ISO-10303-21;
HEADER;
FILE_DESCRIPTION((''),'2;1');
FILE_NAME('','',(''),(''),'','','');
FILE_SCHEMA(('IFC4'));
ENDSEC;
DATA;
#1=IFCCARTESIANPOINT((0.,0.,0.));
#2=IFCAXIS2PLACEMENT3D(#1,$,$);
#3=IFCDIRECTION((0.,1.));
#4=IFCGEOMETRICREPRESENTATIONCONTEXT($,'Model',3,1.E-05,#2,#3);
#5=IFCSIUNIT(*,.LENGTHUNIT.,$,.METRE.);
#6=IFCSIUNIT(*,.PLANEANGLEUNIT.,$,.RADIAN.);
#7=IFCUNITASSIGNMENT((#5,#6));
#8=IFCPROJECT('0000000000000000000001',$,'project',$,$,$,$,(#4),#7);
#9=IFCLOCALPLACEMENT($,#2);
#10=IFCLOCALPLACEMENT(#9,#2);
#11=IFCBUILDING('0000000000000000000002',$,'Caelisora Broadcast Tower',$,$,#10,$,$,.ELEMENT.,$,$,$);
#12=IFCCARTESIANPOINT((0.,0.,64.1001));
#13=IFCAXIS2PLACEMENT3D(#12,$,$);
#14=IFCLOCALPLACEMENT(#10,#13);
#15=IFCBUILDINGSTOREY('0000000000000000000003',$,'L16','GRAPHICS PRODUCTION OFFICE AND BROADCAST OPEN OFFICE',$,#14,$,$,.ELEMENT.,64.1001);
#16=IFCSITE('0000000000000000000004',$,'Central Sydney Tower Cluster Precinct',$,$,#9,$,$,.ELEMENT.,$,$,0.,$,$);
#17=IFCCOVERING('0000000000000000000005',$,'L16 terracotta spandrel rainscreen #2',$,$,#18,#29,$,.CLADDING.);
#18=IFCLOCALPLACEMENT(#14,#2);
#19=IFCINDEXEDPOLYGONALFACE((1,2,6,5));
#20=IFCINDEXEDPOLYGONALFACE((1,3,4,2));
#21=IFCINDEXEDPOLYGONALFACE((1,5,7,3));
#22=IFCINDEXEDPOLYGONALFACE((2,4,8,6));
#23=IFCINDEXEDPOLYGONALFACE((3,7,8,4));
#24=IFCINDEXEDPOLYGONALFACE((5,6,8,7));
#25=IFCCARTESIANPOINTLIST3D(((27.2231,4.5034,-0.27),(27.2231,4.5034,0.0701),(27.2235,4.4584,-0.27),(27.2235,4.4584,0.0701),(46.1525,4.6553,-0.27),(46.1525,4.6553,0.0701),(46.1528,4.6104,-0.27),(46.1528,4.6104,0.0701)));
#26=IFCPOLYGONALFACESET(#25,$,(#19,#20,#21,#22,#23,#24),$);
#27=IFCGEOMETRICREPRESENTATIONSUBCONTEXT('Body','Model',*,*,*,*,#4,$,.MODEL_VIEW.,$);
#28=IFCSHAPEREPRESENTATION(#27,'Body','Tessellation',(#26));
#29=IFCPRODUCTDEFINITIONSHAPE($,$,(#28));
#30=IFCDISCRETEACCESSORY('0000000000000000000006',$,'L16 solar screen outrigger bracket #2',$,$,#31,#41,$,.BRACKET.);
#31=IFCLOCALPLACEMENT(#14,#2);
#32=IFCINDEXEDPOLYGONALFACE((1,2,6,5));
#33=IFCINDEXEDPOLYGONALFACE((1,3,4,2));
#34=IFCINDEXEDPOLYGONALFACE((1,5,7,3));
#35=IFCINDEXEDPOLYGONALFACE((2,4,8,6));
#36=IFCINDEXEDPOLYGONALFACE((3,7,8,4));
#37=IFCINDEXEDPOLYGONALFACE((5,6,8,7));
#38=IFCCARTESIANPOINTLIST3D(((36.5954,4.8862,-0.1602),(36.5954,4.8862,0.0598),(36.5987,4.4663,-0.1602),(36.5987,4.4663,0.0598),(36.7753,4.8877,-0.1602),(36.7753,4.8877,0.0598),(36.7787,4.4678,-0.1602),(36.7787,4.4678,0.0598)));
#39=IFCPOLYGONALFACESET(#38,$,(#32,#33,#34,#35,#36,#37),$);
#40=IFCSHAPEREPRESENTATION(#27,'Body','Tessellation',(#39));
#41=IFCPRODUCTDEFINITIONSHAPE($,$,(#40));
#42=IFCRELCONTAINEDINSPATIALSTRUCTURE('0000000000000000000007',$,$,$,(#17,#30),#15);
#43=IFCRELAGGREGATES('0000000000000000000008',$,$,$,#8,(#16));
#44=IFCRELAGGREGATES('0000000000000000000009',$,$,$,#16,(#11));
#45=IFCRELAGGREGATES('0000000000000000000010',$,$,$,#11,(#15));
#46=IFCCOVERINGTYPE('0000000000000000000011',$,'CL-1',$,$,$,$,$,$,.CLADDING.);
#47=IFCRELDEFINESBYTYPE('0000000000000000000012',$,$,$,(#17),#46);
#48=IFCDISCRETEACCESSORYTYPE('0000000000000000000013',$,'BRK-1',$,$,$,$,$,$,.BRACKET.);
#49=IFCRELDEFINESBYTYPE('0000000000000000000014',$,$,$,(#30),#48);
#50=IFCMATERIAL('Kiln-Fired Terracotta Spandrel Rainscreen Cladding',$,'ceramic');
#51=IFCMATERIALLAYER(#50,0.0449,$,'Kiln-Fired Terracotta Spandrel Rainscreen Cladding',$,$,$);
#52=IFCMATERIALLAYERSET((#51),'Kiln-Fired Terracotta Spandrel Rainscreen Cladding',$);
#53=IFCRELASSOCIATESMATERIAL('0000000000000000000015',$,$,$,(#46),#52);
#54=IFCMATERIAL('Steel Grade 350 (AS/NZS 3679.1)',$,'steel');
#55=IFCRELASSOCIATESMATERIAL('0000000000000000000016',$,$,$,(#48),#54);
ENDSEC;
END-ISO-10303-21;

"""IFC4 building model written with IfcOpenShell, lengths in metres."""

from ifc_helpers import new_model, si_unit, direction, frame, origin, origin_2d, place, context, subcontext, project, spatial, rectangle, extrude, source, transform, mapped, material, layer, layer_set, type_object, type_shapes, element, save


model = new_model("IFC4")

# Units and contexts
model_context = context("Model", 3, precision=1e-05, world=origin(), true_north=direction((0.0, 1.0)))
body_context = subcontext(model_context, "Body", "Model", "MODEL_VIEW")
ifc_project = project(units=[si_unit("LENGTHUNIT", "METRE"), si_unit("PLANEANGLEUNIT", "RADIAN")], contexts=[model_context])

# Site, building, storey
site_placement = place(None, origin())
site = spatial("IfcSite", under=ifc_project, at=site_placement, Name="Central Sydney Tower Cluster Precinct", CompositionType="ELEMENT", RefElevation=0.0)
building_placement = place(site_placement, origin())
building = spatial("IfcBuilding", under=site, at=building_placement, Name="Caelisora Broadcast Tower", CompositionType="ELEMENT")
storey_placement = place(building_placement, frame((0.0, 0.0, 64.1001)))
storey = spatial("IfcBuildingStorey", under=building, at=storey_placement, Name="L16", Description="GRAPHICS PRODUCTION OFFICE AND BROADCAST OPEN OFFICE", CompositionType="ELEMENT", Elevation=64.1001)

# Shared definitions
ifc_material_1 = material(Name="Steel Grade 350 (AS/NZS 3679.1)", Category="steel")

# Shared definitions
ifc_material_2 = material(Name="Kiln-Fired Terracotta Spandrel Rainscreen Cladding", Category="ceramic")
ifc_layer_1 = layer(ifc_material_2, 0.0449, Name="Kiln-Fired Terracotta Spandrel Rainscreen Cladding")
ifc_layer_set_1 = layer_set([ifc_layer_1], Name="Kiln-Fired Terracotta Spandrel Rainscreen Cladding")
covering_type = type_object("IfcCoveringType", Name="CL-1", PredefinedType="CLADDING", material=ifc_layer_set_1)

# Covering
shared_shape_1 = source(origin(), body_context, "Body", "SweptSolid", [
    extrude(rectangle(XDim=18.9299, YDim=0.0449, at=origin_2d()), origin(), (0.0, 0.0, 1.0), 0.3401),
])
covering_1_placement = place(storey_placement, frame((36.688, 4.5569, -0.27), z_axis=(0.0, 0.0, 1.0), x_axis=(0.999968, 0.008028, 0.0)))
element("IfcCovering", 1, at=covering_1_placement, inside=storey, type_object=covering_type, Name="L16 terracotta spandrel rainscreen #2", PredefinedType="CLADDING", context=body_context, shape_type="MappedRepresentation", body=[
    mapped(shared_shape_1, transform((0.0, 0.0, 0.0), scale=1.0)),
])

# Discrete accessory
discrete_accessory_type = type_object("IfcDiscreteAccessoryType", Name="BRK-1", PredefinedType="BRACKET", material=ifc_material_1)
shared_shape_2 = source(origin(), body_context, "Body", "SweptSolid", [
    extrude(rectangle(XDim=0.1799, YDim=0.4199, at=origin_2d()), origin(), (0.0, 0.0, 1.0), 0.22),
])
type_shapes(discrete_accessory_type, [shared_shape_2])
discrete_accessory_placement = place(storey_placement, frame((36.687, 4.677, -0.1602), z_axis=(0.0, 0.0, 1.0), x_axis=(0.999968, 0.008028, 0.0)))
element("IfcDiscreteAccessory", 2, at=discrete_accessory_placement, inside=storey, type_object=discrete_accessory_type, Name="L16 solar screen outrigger bracket #2", PredefinedType="BRACKET", context=body_context, shape_type="MappedRepresentation", body=[
    mapped(shared_shape_2, transform((0.0, 0.0, 0.0), scale=1.0)),
])

save(model, "model.ifc")
